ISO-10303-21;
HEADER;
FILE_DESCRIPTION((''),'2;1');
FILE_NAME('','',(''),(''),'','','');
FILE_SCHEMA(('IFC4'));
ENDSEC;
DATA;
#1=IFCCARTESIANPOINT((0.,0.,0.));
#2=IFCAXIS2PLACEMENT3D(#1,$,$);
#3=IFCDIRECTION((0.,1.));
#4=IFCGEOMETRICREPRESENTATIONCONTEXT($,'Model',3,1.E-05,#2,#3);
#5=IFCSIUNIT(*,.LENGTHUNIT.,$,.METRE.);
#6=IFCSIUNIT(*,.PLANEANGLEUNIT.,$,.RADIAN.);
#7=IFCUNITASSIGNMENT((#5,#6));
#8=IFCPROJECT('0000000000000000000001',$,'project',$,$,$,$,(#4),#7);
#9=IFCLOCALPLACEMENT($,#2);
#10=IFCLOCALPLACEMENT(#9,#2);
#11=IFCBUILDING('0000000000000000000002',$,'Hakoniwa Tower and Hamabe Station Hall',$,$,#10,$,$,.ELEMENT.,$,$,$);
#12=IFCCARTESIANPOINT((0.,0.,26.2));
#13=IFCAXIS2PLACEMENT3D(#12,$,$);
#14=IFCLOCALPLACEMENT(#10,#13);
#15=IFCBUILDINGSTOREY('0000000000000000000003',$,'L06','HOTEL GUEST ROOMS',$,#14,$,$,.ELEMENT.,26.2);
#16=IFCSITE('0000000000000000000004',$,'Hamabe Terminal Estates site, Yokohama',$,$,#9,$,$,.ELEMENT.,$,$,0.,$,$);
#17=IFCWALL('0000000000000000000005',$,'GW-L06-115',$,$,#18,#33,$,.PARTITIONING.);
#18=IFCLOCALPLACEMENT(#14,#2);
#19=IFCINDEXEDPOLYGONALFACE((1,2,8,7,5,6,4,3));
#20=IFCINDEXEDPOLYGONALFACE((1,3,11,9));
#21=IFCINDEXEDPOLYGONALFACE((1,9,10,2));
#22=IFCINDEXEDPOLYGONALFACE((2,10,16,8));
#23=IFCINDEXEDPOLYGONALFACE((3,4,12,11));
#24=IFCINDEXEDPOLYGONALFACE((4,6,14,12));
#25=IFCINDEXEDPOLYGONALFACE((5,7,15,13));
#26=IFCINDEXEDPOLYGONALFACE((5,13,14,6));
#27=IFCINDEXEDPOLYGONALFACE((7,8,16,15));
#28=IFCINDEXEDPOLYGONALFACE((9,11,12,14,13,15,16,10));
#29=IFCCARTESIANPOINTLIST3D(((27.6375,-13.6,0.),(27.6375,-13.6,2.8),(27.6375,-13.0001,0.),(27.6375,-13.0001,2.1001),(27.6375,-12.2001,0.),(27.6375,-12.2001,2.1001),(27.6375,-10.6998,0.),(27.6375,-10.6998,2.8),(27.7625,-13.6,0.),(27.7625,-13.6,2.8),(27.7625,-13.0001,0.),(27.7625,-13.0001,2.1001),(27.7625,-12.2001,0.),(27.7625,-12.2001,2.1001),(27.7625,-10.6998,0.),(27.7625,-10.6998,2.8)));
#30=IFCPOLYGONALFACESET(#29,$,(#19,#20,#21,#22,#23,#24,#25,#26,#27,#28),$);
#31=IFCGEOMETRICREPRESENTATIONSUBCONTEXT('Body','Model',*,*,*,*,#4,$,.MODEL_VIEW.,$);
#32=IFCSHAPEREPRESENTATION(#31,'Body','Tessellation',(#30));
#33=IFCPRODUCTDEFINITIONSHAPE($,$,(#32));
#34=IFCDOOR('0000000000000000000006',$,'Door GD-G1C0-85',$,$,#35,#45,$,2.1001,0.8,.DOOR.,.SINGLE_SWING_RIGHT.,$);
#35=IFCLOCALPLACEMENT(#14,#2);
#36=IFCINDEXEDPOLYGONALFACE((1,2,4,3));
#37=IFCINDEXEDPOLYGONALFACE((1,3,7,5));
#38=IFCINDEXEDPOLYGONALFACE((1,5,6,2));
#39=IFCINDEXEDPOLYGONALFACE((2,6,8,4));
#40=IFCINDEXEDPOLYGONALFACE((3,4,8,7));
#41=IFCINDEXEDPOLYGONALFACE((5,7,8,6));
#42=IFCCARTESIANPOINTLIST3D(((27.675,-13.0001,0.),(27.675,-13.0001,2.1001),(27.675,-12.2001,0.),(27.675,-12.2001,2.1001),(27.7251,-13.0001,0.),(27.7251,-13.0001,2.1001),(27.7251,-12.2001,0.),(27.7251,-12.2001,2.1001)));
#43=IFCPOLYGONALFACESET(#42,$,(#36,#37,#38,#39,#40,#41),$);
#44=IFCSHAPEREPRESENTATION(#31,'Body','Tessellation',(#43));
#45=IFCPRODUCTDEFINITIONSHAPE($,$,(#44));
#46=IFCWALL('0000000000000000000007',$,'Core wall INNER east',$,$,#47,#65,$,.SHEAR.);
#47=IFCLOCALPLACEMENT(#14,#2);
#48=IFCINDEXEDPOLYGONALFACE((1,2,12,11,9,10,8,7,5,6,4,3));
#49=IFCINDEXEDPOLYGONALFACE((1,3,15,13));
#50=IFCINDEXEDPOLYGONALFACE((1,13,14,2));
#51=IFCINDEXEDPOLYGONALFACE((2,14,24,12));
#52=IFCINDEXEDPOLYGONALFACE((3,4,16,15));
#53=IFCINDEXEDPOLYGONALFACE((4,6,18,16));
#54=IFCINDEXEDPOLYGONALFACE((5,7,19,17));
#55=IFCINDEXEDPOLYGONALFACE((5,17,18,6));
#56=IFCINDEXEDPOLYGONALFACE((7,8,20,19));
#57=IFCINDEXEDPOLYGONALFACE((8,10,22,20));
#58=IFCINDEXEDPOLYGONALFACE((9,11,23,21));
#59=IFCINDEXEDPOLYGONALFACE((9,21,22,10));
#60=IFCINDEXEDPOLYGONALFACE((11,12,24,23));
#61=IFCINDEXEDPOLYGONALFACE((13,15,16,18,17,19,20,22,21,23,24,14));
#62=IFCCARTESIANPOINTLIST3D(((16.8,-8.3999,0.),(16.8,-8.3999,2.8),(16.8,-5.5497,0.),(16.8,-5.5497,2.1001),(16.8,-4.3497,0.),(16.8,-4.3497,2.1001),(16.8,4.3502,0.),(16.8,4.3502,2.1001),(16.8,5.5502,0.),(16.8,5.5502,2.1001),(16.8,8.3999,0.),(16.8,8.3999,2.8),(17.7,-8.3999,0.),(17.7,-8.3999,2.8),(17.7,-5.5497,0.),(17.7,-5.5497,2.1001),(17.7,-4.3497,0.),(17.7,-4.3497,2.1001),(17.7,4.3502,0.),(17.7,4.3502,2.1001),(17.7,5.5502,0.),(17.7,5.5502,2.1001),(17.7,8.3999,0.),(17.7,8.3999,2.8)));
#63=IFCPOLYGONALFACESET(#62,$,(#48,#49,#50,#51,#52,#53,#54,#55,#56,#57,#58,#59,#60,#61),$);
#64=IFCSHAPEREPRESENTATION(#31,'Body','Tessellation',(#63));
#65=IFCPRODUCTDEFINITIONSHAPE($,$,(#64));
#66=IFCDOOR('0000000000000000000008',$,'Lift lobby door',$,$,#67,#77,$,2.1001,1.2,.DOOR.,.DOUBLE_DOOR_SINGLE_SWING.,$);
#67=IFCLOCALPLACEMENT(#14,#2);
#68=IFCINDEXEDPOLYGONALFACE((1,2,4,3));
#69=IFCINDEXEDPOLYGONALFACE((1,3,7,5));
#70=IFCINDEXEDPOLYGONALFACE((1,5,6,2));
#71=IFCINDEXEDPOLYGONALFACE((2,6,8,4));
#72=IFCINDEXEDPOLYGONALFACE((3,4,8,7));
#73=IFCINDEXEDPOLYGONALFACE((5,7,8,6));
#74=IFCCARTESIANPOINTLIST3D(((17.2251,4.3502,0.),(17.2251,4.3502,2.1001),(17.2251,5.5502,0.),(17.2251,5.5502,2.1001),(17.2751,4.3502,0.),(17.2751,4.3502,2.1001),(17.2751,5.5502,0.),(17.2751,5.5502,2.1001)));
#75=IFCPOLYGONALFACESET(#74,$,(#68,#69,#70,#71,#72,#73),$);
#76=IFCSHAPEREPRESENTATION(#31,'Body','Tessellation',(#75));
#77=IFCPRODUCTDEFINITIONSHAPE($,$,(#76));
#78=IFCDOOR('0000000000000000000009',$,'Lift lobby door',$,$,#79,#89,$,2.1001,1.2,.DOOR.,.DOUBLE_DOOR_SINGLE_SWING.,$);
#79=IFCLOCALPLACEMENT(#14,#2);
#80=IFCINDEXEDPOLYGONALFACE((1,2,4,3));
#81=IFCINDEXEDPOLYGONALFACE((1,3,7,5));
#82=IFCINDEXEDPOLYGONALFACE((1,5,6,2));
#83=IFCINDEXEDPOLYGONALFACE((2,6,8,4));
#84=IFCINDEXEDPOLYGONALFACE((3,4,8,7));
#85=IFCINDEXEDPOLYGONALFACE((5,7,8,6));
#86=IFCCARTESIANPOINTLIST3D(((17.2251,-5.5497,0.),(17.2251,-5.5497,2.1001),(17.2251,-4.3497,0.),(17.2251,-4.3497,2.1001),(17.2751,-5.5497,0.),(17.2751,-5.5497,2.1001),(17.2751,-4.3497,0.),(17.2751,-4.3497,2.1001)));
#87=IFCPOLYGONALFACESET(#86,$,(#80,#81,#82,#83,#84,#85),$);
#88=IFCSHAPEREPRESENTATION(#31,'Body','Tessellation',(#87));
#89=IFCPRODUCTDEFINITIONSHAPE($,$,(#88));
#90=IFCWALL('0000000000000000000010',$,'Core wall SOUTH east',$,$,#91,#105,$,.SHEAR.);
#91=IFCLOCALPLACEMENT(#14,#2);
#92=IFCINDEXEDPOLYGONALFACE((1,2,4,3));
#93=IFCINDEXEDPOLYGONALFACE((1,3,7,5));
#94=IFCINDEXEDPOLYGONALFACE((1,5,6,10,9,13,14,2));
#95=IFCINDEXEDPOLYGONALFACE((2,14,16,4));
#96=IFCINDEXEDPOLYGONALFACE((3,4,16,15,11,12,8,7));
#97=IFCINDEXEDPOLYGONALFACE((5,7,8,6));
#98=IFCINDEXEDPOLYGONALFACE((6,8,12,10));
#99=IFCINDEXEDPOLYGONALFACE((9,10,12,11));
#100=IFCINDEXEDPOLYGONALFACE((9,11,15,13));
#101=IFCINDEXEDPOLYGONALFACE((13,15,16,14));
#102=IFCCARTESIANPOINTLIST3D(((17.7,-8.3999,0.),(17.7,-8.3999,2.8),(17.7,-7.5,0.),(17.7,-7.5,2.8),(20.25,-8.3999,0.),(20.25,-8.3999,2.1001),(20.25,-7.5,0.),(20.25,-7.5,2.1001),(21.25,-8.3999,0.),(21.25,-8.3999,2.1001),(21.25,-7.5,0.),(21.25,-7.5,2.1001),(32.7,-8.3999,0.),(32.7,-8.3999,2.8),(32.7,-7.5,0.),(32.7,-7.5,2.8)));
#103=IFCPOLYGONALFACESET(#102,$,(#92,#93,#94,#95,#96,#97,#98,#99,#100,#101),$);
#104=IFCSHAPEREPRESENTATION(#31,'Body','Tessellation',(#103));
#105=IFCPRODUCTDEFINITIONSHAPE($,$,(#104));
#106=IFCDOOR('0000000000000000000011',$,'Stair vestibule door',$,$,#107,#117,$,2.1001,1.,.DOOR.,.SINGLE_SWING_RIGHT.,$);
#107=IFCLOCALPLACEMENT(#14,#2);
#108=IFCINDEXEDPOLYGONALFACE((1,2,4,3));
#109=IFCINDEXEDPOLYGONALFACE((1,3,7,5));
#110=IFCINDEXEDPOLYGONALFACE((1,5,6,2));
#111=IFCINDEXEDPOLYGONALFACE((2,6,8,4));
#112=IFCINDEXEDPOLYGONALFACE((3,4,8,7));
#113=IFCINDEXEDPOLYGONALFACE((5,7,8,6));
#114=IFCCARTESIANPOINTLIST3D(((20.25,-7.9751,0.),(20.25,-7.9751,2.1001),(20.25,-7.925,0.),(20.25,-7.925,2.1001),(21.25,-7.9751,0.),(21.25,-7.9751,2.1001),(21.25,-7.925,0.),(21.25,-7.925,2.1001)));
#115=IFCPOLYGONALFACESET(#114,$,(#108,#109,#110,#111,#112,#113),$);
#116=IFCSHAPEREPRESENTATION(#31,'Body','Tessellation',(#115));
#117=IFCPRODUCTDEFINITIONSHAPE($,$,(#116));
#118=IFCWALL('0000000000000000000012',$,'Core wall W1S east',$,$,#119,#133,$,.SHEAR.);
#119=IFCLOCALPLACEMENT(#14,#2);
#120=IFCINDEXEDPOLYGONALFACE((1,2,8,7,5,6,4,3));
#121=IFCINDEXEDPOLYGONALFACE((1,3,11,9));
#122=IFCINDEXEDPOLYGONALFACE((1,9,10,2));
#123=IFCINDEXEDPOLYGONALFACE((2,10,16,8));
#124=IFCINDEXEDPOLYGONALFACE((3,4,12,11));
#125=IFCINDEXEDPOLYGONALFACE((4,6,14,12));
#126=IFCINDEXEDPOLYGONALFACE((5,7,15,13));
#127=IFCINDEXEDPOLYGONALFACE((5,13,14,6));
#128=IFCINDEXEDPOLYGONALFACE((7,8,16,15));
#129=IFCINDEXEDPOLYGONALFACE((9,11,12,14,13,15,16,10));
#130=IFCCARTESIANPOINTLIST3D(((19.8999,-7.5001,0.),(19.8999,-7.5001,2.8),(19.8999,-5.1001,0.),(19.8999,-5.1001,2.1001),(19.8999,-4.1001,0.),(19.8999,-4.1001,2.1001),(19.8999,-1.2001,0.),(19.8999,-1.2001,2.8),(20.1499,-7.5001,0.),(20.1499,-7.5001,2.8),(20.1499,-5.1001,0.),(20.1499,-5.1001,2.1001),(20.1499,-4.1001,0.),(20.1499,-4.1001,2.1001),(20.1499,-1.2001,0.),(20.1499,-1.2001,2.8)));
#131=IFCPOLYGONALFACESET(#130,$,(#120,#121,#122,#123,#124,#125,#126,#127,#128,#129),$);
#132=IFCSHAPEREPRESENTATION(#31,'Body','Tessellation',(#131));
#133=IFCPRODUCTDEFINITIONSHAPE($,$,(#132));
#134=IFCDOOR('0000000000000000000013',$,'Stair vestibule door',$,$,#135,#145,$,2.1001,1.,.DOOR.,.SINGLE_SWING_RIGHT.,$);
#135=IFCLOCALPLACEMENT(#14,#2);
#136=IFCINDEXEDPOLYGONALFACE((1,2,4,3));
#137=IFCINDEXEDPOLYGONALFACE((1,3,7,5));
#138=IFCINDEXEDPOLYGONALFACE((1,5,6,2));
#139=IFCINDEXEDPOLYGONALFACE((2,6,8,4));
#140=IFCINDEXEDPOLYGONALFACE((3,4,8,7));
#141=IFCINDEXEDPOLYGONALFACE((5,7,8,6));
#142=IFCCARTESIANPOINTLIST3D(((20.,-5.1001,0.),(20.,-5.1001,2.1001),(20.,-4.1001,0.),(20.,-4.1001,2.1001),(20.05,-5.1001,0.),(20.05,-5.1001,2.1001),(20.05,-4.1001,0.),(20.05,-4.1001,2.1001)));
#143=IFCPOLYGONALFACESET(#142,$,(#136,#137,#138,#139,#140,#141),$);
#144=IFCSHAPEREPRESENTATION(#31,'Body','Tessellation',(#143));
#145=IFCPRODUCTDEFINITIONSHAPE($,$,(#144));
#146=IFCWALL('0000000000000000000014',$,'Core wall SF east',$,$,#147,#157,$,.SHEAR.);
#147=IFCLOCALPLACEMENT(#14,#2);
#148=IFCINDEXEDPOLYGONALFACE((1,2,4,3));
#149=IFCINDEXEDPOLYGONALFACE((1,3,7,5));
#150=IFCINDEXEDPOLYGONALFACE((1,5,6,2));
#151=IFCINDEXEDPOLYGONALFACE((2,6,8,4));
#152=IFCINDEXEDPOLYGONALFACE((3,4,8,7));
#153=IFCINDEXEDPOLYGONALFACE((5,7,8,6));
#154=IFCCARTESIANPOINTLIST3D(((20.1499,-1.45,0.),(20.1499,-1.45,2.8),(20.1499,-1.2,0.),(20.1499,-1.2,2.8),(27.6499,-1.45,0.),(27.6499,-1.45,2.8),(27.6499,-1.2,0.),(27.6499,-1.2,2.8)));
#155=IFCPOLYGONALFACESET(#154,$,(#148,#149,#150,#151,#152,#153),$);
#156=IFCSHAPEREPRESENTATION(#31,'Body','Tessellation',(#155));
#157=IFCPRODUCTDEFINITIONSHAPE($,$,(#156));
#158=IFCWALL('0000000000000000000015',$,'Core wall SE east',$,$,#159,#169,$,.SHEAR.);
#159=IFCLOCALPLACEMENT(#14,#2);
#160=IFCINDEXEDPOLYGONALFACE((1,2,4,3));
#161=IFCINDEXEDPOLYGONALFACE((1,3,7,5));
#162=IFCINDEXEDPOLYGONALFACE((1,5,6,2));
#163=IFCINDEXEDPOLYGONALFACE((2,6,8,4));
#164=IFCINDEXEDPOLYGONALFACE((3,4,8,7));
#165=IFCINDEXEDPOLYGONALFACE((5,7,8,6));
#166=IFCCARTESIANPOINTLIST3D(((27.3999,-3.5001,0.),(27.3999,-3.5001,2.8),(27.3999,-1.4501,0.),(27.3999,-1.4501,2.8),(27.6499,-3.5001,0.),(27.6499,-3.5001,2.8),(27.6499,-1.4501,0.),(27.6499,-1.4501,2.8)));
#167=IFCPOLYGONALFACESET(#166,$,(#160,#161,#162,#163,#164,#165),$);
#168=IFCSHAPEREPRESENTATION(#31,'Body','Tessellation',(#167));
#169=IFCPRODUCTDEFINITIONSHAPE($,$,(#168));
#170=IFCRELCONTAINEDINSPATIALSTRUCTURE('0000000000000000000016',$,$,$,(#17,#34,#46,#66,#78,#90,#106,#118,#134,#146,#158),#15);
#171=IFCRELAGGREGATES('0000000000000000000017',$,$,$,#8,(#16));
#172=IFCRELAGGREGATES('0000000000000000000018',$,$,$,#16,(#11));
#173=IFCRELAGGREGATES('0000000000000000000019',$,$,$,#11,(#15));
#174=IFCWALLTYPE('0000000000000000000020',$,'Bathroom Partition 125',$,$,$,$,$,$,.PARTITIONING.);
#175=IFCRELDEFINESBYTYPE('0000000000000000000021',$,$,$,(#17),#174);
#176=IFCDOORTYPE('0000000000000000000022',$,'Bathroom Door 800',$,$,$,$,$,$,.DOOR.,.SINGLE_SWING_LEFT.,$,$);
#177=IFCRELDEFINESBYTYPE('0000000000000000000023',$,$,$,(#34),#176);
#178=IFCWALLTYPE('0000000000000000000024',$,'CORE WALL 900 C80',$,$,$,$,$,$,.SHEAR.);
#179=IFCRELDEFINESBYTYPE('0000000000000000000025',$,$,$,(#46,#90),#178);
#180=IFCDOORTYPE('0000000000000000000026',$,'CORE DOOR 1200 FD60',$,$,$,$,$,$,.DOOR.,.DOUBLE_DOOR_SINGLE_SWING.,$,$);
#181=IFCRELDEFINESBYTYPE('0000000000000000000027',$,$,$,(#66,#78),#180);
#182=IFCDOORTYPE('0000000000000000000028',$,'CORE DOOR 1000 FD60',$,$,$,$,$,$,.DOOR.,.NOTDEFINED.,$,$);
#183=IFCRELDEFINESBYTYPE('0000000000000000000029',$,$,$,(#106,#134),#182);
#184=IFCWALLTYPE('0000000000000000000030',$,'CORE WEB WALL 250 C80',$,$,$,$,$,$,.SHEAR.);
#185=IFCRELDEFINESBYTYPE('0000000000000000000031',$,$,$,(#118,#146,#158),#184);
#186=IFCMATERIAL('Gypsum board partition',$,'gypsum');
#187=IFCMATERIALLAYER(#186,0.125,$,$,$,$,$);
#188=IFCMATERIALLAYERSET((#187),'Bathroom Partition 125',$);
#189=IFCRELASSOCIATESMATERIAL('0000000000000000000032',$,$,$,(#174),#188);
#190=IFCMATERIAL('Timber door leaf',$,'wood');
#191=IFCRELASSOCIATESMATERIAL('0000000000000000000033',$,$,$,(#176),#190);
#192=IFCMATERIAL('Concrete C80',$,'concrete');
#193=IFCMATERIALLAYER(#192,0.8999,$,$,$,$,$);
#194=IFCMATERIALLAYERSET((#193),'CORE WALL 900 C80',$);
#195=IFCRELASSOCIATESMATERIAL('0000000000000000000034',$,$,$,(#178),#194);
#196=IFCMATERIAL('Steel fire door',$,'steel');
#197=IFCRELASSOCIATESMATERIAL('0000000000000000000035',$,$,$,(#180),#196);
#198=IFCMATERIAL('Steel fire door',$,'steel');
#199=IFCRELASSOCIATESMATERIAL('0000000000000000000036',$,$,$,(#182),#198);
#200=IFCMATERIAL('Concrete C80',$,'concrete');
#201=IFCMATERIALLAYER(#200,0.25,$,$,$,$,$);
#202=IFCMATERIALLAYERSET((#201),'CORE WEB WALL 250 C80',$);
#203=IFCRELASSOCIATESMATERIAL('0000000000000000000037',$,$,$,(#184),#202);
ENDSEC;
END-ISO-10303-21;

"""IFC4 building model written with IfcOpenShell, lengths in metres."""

from ifc_helpers import new_model, si_unit, direction, frame, frame_2d, origin, place, context, subcontext, project, spatial, rectangle, extrude, material, layer, layer_set, type_object, element, fill, save


model = new_model("IFC4")

# Units and contexts
model_context = context("Model", 3, precision=1e-05, world=origin(), true_north=direction((0.0, 1.0)))
body_context = subcontext(model_context, "Body", "Model", "MODEL_VIEW")
ifc_project = project(units=[si_unit("LENGTHUNIT", "METRE"), si_unit("PLANEANGLEUNIT", "RADIAN")], contexts=[model_context])

# Site, building, storey
site_placement = place(None, origin())
site = spatial("IfcSite", under=ifc_project, at=site_placement, Name="Hamabe Terminal Estates site, Yokohama", CompositionType="ELEMENT", RefElevation=0.0)
building_placement = place(site_placement, origin())
building = spatial("IfcBuilding", under=site, at=building_placement, Name="Hakoniwa Tower and Hamabe Station Hall", CompositionType="ELEMENT")
storey_placement = place(building_placement, frame((0.0, 0.0, 26.2)))
storey = spatial("IfcBuildingStorey", under=building, at=storey_placement, Name="L06", Description="HOTEL GUEST ROOMS", CompositionType="ELEMENT", Elevation=26.2)

# Wall, opening, door
ifc_material_1 = material(Name="Gypsum board partition", Category="gypsum")
ifc_layer_1 = layer(ifc_material_1, 0.125)
ifc_layer_set_1 = layer_set([ifc_layer_1], Name="Bathroom Partition 125")
wall_type_1 = type_object("IfcWallType", Name="Bathroom Partition 125", PredefinedType="PARTITIONING", material=ifc_layer_set_1)
wall_1_placement = place(storey_placement, frame((27.7, -13.6001, 0.0), z_axis=(0.0, 0.0, 1.0), x_axis=(0.0, 1.0, 0.0)))
wall_1 = element("IfcWall", 1, at=wall_1_placement, inside=storey, type_object=wall_type_1, Name="GW-L06-115", PredefinedType="PARTITIONING", context=body_context, shape_type="SweptSolid", body=[
    extrude(rectangle(XDim=2.9001, YDim=0.125, at=frame_2d((1.4502, 0.0))), origin(), (0.0, 0.0, 1.0), 2.8),
])
opening_1_placement = place(wall_1_placement, frame((0.6001, 0.0, 0.0)))
opening_1 = element("IfcOpeningElement", 2, at=opening_1_placement, cuts=wall_1, PredefinedType="OPENING", context=body_context, shape_type="SweptSolid", body=[
    extrude(rectangle(XDim=0.8, YDim=2.1001, at=frame_2d((0.3999, 1.05))), frame((0.0, 0.0725, 0.0), z_axis=(0.0, -1.0, 0.0), x_axis=(1.0, 0.0, 0.0)), (0.0, 0.0, 1.0), 0.145),
])
ifc_material_2 = material(Name="Timber door leaf", Category="wood")
door_type_1 = type_object("IfcDoorType", Name="Bathroom Door 800", OperationType="SINGLE_SWING_LEFT", PredefinedType="DOOR", material=ifc_material_2)
door_1_placement = place(opening_1_placement, origin())
door_1 = element("IfcDoor", 3, at=door_1_placement, inside=storey, type_object=door_type_1, Name="Door GD-G1C0-85", OperationType="SINGLE_SWING_RIGHT", OverallHeight=2.1001, OverallWidth=0.8, PredefinedType="DOOR", context=body_context, shape_type="SweptSolid", body=[
    extrude(rectangle(XDim=0.8, YDim=2.1001, at=frame_2d((0.3999, 1.05))), frame((0.0, 0.0249, 0.0), z_axis=(0.0, -1.0, 0.0), x_axis=(1.0, 0.0, 0.0)), (0.0, 0.0, 1.0), 0.05),
])
fill(opening_1, door_1)

# Wall, openings, doors
ifc_material_3 = material(Name="Concrete C80", Category="concrete")
ifc_layer_2 = layer(ifc_material_3, 0.8999)
ifc_layer_set_2 = layer_set([ifc_layer_2], Name="CORE WALL 900 C80")
wall_type_2 = type_object("IfcWallType", Name="CORE WALL 900 C80", PredefinedType="SHEAR", material=ifc_layer_set_2)
wall_2_placement = place(storey_placement, frame((17.25, -8.3999, 0.0), z_axis=(0.0, 0.0, 1.0), x_axis=(0.0, 1.0, 0.0)))
wall_2 = element("IfcWall", 4, at=wall_2_placement, inside=storey, type_object=wall_type_2, Name="Core wall INNER east", PredefinedType="SHEAR", context=body_context, shape_type="SweptSolid", body=[
    extrude(rectangle(XDim=16.7998, YDim=0.8999, at=frame_2d((8.3999, 0.0))), origin(), (0.0, 0.0, 1.0), 2.8),
])
opening_2_placement = place(wall_2_placement, frame((12.75, 0.0, 0.0)))
opening_2 = element("IfcOpeningElement", 5, at=opening_2_placement, cuts=wall_2, PredefinedType="OPENING", context=body_context, shape_type="SweptSolid", body=[
    extrude(rectangle(XDim=1.2, YDim=2.1001, at=frame_2d((0.6001, 1.05))), frame((0.0, 0.46, 0.0), z_axis=(0.0, -1.0, 0.0), x_axis=(1.0, 0.0, 0.0)), (0.0, 0.0, 1.0), 0.9199),
])
opening_3_placement = place(wall_2_placement, frame((2.8501, 0.0, 0.0)))
opening_3 = element("IfcOpeningElement", 6, at=opening_3_placement, cuts=wall_2, PredefinedType="OPENING", context=body_context, shape_type="SweptSolid", body=[
    extrude(rectangle(XDim=1.2, YDim=2.1001, at=frame_2d((0.6001, 1.05))), frame((0.0, 0.46, 0.0), z_axis=(0.0, -1.0, 0.0), x_axis=(1.0, 0.0, 0.0)), (0.0, 0.0, 1.0), 0.9199),
])
ifc_material_4 = material(Name="Steel fire door", Category="steel")
door_type_2 = type_object("IfcDoorType", Name="CORE DOOR 1200 FD60", OperationType="DOUBLE_DOOR_SINGLE_SWING", PredefinedType="DOOR", material=ifc_material_4)
door_2_placement = place(opening_2_placement, origin())
door_2 = element("IfcDoor", 7, at=door_2_placement, inside=storey, type_object=door_type_2, Name="Lift lobby door", OperationType="DOUBLE_DOOR_SINGLE_SWING", OverallHeight=2.1001, OverallWidth=1.2, PredefinedType="DOOR", context=body_context, shape_type="SweptSolid", body=[
    extrude(rectangle(XDim=1.2, YDim=2.1001, at=frame_2d((0.6001, 1.05))), frame((0.0, 0.0249, 0.0), z_axis=(0.0, -1.0, 0.0), x_axis=(1.0, 0.0, 0.0)), (0.0, 0.0, 1.0), 0.05),
])
fill(opening_2, door_2)
door_3_placement = place(opening_3_placement, origin())
door_3 = element("IfcDoor", 8, at=door_3_placement, inside=storey, type_object=door_type_2, Name="Lift lobby door", OperationType="DOUBLE_DOOR_SINGLE_SWING", OverallHeight=2.1001, OverallWidth=1.2, PredefinedType="DOOR", context=body_context, shape_type="SweptSolid", body=[
    extrude(rectangle(XDim=1.2, YDim=2.1001, at=frame_2d((0.6001, 1.05))), frame((0.0, 0.0249, 0.0), z_axis=(0.0, -1.0, 0.0), x_axis=(1.0, 0.0, 0.0)), (0.0, 0.0, 1.0), 0.05),
])
fill(opening_3, door_3)

# Walls, openings, doors
wall_3_placement = place(storey_placement, frame((17.7, -7.95, 0.0), z_axis=(0.0, 0.0, 1.0), x_axis=(1.0, 0.0, 0.0)))
wall_3 = element("IfcWall", 9, at=wall_3_placement, inside=storey, type_object=wall_type_2, Name="Core wall SOUTH east", PredefinedType="SHEAR", context=body_context, shape_type="SweptSolid", body=[
    extrude(rectangle(XDim=15.0, YDim=0.8999, at=frame_2d((7.5, 0.0))), origin(), (0.0, 0.0, 1.0), 2.8),
])
opening_4_placement = place(wall_3_placement, frame((2.55, 0.0, 0.0)))
opening_4 = element("IfcOpeningElement", 10, at=opening_4_placement, cuts=wall_3, PredefinedType="OPENING", context=body_context, shape_type="SweptSolid", body=[
    extrude(rectangle(XDim=1.0, YDim=2.1001, at=frame_2d((0.5, 1.05))), frame((0.0, 0.46, 0.0), z_axis=(0.0, -1.0, 0.0), x_axis=(1.0, 0.0, 0.0)), (0.0, 0.0, 1.0), 0.9199),
])
ifc_material_5 = material(Name="Steel fire door", Category="steel")
door_type_3 = type_object("IfcDoorType", Name="CORE DOOR 1000 FD60", OperationType="NOTDEFINED", PredefinedType="DOOR", material=ifc_material_5)
door_4_placement = place(opening_4_placement, origin())
door_4 = element("IfcDoor", 11, at=door_4_placement, inside=storey, type_object=door_type_3, Name="Stair vestibule door", OperationType="SINGLE_SWING_RIGHT", OverallHeight=2.1001, OverallWidth=1.0, PredefinedType="DOOR", context=body_context, shape_type="SweptSolid", body=[
    extrude(rectangle(XDim=1.0, YDim=2.1001, at=frame_2d((0.5, 1.05))), frame((0.0, 0.0249, 0.0), z_axis=(0.0, -1.0, 0.0), x_axis=(1.0, 0.0, 0.0)), (0.0, 0.0, 1.0), 0.05),
])
fill(opening_4, door_4)
ifc_material_6 = material(Name="Concrete C80", Category="concrete")
ifc_layer_3 = layer(ifc_material_6, 0.25)
ifc_layer_set_3 = layer_set([ifc_layer_3], Name="CORE WEB WALL 250 C80")
wall_type_3 = type_object("IfcWallType", Name="CORE WEB WALL 250 C80", PredefinedType="SHEAR", material=ifc_layer_set_3)
wall_4_placement = place(storey_placement, frame((20.0249, -7.5, 0.0), z_axis=(0.0, 0.0, 1.0), x_axis=(0.0, 1.0, 0.0)))
wall_4 = element("IfcWall", 12, at=wall_4_placement, inside=storey, type_object=wall_type_3, Name="Core wall W1S east", PredefinedType="SHEAR", context=body_context, shape_type="SweptSolid", body=[
    extrude(rectangle(XDim=6.3, YDim=0.25, at=frame_2d((3.1499, 0.0))), origin(), (0.0, 0.0, 1.0), 2.8),
])
opening_5_placement = place(wall_4_placement, frame((2.3999, 0.0, 0.0)))
opening_5 = element("IfcOpeningElement", 13, at=opening_5_placement, cuts=wall_4, PredefinedType="OPENING", context=body_context, shape_type="SweptSolid", body=[
    extrude(rectangle(XDim=1.0, YDim=2.1001, at=frame_2d((0.5, 1.05))), frame((0.0, 0.135, 0.0), z_axis=(0.0, -1.0, 0.0), x_axis=(1.0, 0.0, 0.0)), (0.0, 0.0, 1.0), 0.27),
])
door_5_placement = place(opening_5_placement, origin())
door_5 = element("IfcDoor", 14, at=door_5_placement, inside=storey, type_object=door_type_3, Name="Stair vestibule door", OperationType="SINGLE_SWING_RIGHT", OverallHeight=2.1001, OverallWidth=1.0, PredefinedType="DOOR", context=body_context, shape_type="SweptSolid", body=[
    extrude(rectangle(XDim=1.0, YDim=2.1001, at=frame_2d((0.5, 1.05))), frame((0.0, 0.0249, 0.0), z_axis=(0.0, -1.0, 0.0), x_axis=(1.0, 0.0, 0.0)), (0.0, 0.0, 1.0), 0.05),
])
fill(opening_5, door_5)

# Walls
wall_5_placement = place(storey_placement, frame((20.1499, -1.325, 0.0), z_axis=(0.0, 0.0, 1.0), x_axis=(1.0, 0.0, 0.0)))
element("IfcWall", 15, at=wall_5_placement, inside=storey, type_object=wall_type_3, Name="Core wall SF east", PredefinedType="SHEAR", context=body_context, shape_type="SweptSolid", body=[
    extrude(rectangle(XDim=7.5, YDim=0.25, at=frame_2d((3.75, 0.0))), origin(), (0.0, 0.0, 1.0), 2.8),
])
wall_6_placement = place(storey_placement, frame((27.5249, -3.5, 0.0), z_axis=(0.0, 0.0, 1.0), x_axis=(0.0, 1.0, 0.0)))
element("IfcWall", 16, at=wall_6_placement, inside=storey, type_object=wall_type_3, Name="Core wall SE east", PredefinedType="SHEAR", context=body_context, shape_type="SweptSolid", body=[
    extrude(rectangle(XDim=2.05, YDim=0.25, at=frame_2d((1.0249, 0.0))), origin(), (0.0, 0.0, 1.0), 2.8),
])

save(model, "model.ifc")
